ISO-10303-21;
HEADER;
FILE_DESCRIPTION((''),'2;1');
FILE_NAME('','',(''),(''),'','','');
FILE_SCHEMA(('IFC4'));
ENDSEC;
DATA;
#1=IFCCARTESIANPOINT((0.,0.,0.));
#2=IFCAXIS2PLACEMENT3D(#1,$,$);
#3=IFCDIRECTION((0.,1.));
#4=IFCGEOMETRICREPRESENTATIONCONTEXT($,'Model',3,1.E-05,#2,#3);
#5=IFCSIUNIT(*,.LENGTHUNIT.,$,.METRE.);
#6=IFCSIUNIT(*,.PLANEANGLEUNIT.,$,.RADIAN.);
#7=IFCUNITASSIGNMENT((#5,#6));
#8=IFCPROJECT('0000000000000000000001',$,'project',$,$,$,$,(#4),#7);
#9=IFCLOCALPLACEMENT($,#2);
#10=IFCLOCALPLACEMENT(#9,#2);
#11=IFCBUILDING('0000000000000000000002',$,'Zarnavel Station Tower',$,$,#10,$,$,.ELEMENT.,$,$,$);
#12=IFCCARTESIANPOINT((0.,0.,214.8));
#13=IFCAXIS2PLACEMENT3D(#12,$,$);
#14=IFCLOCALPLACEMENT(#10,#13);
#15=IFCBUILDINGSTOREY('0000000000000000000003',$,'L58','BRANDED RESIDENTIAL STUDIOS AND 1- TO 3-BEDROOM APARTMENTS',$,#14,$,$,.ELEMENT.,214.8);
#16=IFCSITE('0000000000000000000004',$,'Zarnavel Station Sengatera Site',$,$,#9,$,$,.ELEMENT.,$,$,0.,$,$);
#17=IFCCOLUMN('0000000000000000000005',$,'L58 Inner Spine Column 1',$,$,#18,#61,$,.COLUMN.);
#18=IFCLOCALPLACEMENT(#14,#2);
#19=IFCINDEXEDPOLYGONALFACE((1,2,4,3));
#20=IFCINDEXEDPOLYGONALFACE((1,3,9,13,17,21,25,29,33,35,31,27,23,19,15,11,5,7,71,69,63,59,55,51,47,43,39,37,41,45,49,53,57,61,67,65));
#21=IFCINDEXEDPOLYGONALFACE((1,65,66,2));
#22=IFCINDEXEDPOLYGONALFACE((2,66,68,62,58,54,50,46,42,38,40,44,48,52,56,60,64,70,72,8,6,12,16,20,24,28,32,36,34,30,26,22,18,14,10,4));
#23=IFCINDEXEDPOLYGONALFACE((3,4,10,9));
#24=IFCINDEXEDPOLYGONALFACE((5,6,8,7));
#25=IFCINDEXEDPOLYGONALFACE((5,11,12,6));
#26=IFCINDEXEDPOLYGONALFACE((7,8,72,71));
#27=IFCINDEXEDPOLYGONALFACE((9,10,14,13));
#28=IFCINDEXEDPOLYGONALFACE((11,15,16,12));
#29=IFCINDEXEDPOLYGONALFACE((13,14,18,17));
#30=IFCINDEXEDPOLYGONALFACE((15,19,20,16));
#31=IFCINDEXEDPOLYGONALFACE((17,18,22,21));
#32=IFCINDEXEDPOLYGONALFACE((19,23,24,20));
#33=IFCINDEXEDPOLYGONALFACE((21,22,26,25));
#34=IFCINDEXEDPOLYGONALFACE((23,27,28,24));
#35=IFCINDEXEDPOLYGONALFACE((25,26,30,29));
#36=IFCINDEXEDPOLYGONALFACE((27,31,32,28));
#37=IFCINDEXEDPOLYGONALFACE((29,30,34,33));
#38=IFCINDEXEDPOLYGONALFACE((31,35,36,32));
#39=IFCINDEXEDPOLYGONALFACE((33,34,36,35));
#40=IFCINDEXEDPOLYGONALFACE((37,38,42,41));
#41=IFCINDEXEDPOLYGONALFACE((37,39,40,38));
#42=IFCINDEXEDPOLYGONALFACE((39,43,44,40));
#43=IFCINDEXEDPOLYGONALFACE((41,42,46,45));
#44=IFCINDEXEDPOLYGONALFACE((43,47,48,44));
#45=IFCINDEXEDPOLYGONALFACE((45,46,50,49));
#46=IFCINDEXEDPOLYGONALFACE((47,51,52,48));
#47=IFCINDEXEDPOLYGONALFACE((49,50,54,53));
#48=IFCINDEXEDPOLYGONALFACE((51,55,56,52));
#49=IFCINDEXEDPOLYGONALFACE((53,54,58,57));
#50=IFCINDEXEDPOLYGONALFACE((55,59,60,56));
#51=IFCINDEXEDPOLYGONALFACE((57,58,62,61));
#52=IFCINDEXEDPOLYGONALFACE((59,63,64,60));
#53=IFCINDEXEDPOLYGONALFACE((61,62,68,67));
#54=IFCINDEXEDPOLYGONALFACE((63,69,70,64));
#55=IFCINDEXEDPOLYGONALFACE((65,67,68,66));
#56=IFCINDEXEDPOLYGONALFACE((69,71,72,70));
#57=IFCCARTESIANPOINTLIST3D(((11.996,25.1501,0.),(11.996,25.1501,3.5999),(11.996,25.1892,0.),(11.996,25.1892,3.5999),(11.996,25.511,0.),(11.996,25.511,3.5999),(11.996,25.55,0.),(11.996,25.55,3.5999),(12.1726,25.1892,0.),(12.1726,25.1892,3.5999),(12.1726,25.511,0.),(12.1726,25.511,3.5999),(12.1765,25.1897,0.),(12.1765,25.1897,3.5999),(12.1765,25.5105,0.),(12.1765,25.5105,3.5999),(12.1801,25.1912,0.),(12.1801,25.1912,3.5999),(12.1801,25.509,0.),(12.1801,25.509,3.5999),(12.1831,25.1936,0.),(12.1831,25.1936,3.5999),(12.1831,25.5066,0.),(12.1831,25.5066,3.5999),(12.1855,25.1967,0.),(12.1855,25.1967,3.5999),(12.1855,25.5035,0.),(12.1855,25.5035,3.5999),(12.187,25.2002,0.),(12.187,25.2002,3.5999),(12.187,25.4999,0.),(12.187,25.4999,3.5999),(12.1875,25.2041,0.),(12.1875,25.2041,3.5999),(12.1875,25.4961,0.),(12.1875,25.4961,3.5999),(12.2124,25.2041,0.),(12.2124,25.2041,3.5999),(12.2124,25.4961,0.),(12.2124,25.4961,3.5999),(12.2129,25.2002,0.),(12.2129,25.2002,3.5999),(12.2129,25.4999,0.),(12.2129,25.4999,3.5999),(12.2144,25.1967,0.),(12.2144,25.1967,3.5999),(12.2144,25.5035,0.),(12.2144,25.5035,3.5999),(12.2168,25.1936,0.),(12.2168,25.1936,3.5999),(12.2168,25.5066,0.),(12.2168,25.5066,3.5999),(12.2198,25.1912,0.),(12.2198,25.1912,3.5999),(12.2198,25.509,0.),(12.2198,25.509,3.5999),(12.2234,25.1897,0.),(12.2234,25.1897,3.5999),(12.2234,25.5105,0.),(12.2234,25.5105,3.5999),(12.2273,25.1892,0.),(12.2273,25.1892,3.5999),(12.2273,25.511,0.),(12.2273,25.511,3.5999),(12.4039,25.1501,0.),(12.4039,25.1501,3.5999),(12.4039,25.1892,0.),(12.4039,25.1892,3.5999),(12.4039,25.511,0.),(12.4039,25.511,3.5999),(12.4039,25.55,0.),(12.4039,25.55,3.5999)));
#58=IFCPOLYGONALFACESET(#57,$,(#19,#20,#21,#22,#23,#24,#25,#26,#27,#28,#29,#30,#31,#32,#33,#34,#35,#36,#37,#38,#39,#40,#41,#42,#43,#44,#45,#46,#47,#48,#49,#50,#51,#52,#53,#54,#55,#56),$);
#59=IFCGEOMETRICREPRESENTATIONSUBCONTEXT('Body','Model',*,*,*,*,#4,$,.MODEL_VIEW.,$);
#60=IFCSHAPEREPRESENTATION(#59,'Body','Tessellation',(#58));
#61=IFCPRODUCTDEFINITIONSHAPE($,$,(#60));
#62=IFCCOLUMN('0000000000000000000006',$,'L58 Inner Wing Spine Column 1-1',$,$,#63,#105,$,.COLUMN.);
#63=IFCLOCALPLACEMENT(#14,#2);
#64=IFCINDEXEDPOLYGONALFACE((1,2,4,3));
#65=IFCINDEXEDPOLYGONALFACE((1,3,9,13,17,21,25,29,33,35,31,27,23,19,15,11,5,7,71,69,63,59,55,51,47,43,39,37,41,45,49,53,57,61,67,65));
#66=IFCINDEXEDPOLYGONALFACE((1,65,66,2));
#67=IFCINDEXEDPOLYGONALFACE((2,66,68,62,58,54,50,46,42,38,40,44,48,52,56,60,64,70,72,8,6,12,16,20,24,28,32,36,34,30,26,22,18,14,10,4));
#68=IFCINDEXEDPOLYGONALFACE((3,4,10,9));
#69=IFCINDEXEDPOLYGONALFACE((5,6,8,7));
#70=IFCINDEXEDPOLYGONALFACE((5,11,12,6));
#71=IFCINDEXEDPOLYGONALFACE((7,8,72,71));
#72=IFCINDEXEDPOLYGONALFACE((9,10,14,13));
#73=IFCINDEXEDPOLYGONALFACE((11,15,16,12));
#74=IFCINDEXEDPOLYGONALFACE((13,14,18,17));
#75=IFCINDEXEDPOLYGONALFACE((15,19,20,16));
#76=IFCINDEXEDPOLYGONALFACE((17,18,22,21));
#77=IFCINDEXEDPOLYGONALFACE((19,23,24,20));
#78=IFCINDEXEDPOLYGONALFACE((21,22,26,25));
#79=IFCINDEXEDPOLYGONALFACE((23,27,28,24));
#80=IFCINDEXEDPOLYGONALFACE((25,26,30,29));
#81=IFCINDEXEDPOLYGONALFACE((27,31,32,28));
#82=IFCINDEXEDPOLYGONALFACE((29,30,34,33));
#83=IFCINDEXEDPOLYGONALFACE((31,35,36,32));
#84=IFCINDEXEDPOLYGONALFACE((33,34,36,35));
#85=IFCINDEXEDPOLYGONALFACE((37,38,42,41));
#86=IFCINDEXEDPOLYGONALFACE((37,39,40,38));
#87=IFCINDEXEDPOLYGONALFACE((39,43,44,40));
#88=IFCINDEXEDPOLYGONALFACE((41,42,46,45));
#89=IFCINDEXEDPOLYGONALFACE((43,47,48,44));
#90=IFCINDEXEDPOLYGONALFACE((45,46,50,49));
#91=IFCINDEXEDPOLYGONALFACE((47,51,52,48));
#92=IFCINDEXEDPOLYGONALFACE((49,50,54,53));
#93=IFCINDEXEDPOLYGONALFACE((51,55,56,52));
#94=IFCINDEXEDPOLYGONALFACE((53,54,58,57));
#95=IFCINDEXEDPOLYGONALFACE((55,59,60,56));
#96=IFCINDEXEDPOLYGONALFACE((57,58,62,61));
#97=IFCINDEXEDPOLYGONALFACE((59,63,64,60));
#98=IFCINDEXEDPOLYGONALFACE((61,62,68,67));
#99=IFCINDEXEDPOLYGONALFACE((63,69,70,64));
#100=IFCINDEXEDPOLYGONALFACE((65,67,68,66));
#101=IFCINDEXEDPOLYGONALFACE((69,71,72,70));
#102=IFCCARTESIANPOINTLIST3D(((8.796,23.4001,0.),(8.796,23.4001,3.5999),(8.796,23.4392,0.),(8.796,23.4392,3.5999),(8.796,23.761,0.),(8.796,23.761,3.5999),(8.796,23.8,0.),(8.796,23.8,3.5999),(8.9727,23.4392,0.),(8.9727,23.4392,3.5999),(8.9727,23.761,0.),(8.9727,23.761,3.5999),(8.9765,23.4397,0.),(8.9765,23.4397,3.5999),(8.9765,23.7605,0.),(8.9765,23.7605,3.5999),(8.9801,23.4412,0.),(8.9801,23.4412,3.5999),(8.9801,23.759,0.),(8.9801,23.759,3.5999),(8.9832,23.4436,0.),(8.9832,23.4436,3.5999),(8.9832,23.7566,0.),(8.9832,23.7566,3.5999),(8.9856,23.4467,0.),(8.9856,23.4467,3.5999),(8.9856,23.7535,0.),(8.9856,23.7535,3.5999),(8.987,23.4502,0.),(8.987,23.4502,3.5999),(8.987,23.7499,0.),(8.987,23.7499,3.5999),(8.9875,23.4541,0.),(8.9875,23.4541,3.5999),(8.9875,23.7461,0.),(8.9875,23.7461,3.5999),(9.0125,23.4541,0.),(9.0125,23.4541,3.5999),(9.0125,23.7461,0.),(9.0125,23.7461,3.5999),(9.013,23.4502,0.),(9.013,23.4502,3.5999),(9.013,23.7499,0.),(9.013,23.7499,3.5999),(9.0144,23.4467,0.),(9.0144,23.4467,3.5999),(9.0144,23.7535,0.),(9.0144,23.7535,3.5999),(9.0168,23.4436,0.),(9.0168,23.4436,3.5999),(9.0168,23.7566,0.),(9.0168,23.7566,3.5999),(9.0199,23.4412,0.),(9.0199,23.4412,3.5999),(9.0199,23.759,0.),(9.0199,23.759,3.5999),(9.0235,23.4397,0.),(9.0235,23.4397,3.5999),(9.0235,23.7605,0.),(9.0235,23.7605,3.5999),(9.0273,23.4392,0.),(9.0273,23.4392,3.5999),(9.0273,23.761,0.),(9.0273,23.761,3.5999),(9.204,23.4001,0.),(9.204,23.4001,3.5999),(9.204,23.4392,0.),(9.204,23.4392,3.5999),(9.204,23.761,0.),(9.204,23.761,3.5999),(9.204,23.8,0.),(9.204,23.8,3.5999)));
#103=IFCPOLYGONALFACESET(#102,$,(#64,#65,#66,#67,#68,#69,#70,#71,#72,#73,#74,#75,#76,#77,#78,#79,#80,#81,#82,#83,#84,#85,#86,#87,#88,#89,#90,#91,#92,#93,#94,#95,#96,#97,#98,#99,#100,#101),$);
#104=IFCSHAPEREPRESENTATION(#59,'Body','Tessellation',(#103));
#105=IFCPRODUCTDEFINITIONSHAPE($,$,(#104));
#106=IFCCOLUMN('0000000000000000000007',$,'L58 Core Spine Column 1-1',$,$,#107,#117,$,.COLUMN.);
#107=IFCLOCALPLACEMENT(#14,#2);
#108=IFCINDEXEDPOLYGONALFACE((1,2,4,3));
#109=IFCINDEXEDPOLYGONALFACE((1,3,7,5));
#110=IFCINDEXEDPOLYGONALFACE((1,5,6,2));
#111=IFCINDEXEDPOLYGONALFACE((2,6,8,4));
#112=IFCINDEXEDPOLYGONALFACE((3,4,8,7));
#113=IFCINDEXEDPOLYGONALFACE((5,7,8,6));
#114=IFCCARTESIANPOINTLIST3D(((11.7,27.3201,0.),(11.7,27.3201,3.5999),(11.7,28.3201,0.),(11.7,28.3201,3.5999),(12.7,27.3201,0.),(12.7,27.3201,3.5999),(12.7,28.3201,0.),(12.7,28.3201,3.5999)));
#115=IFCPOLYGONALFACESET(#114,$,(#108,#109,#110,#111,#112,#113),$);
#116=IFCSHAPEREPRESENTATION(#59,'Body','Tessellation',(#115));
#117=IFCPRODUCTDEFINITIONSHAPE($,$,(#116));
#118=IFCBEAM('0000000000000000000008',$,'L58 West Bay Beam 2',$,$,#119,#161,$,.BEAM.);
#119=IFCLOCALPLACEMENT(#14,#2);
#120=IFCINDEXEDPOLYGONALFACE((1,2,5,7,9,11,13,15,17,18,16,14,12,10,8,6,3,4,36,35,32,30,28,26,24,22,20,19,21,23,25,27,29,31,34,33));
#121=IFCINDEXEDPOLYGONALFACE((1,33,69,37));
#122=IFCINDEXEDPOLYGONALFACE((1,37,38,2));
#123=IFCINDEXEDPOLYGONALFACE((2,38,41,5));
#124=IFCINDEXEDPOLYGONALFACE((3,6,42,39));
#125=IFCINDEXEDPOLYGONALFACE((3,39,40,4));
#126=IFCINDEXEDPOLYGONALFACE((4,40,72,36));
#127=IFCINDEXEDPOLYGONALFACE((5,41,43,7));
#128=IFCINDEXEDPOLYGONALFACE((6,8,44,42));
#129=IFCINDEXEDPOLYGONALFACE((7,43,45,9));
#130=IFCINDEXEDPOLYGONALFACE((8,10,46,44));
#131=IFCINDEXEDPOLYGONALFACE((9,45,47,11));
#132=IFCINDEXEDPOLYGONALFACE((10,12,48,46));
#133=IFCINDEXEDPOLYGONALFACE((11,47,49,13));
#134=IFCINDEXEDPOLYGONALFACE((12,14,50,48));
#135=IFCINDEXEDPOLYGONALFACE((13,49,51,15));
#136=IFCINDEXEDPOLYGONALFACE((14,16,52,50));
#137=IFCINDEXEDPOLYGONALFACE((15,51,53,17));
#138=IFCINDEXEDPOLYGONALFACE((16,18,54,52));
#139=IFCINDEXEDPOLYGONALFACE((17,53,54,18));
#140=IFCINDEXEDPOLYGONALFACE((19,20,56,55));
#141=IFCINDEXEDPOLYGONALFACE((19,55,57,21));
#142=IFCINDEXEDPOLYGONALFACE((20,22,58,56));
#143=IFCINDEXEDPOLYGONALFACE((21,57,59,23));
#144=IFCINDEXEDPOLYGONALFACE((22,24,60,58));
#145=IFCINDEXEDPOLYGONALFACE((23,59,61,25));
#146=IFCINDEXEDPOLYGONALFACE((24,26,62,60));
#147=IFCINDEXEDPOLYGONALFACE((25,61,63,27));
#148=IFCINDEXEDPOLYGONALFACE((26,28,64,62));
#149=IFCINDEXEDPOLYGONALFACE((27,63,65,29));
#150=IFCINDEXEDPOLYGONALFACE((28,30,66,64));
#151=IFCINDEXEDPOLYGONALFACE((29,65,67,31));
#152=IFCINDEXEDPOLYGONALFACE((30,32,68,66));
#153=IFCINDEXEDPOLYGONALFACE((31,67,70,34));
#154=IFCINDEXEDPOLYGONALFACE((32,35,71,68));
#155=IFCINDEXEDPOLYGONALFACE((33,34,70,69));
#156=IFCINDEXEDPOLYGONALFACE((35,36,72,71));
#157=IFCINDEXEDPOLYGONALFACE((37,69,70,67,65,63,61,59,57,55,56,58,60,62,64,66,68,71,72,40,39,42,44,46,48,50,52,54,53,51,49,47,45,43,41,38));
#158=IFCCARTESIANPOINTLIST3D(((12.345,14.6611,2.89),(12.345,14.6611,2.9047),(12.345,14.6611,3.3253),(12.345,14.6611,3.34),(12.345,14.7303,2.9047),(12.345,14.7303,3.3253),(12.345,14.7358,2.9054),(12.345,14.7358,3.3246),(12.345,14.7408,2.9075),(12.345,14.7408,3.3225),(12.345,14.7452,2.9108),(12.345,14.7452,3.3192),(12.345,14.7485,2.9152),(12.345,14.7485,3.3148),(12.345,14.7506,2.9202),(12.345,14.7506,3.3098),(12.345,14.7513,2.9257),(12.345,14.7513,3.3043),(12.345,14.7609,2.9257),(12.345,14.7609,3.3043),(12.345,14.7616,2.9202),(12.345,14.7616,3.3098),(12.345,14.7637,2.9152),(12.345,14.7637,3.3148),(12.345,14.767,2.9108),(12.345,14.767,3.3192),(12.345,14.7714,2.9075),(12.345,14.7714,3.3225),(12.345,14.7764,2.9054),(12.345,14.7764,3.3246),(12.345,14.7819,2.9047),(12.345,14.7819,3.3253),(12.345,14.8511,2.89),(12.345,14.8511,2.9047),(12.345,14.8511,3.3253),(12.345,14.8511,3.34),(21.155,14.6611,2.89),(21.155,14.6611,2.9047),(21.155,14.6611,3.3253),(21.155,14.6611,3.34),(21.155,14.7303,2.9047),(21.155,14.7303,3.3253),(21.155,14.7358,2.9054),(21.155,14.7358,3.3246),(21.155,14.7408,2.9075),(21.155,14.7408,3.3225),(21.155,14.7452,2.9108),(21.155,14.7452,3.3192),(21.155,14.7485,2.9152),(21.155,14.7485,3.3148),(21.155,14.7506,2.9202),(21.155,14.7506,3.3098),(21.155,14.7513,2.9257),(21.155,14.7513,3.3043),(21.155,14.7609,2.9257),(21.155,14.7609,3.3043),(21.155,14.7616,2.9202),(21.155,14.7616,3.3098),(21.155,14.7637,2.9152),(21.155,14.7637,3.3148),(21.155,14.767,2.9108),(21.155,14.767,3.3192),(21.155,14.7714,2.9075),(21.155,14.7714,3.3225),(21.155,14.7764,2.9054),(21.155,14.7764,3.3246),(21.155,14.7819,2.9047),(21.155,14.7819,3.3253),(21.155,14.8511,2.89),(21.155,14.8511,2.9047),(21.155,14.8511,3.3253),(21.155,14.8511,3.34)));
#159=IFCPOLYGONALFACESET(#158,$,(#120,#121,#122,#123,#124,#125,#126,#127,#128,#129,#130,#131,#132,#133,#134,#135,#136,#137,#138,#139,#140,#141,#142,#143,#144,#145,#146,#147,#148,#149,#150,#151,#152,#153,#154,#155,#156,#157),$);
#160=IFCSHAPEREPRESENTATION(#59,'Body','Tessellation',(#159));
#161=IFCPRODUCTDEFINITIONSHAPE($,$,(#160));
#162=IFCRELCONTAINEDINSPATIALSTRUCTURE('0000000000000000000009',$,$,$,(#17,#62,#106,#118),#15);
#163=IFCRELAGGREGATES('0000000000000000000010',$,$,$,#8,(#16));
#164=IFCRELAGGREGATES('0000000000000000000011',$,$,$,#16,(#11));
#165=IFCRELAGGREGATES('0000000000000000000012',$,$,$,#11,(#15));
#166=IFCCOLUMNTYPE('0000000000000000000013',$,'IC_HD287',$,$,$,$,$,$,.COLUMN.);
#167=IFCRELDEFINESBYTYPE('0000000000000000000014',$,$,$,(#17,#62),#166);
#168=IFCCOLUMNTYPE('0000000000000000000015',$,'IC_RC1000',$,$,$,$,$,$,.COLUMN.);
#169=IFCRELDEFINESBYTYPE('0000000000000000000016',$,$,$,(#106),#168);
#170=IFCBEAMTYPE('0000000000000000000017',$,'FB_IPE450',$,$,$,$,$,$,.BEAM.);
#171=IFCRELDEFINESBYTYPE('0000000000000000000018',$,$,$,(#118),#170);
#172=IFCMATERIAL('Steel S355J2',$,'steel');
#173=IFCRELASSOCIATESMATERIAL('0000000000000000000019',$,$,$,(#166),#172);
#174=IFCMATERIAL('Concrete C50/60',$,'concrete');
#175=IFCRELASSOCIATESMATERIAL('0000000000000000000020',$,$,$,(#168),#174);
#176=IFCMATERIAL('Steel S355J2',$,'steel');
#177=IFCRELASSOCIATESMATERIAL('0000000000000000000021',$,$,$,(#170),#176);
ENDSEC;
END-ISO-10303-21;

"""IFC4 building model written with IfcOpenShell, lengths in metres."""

from ifc_helpers import new_model, si_unit, direction, frame, origin, origin_2d, place, context, subcontext, project, spatial, rectangle, i_section, extrude, material, material_profile, profile_set, type_object, element, save


model = new_model("IFC4")

# Units and contexts
model_context = context("Model", 3, precision=1e-05, world=origin(), true_north=direction((0.0, 1.0)))
body_context = subcontext(model_context, "Body", "Model", "MODEL_VIEW")
ifc_project = project(units=[si_unit("LENGTHUNIT", "METRE"), si_unit("PLANEANGLEUNIT", "RADIAN")], contexts=[model_context])

# Site, building, storey
site_placement = place(None, origin())
site = spatial("IfcSite", under=ifc_project, at=site_placement, Name="Zarnavel Station Sengatera Site", CompositionType="ELEMENT", RefElevation=0.0)
building_placement = place(site_placement, origin())
building = spatial("IfcBuilding", under=site, at=building_placement, Name="Zarnavel Station Tower", CompositionType="ELEMENT")
storey_placement = place(building_placement, frame((0.0, 0.0, 214.8)))
storey = spatial("IfcBuildingStorey", under=building, at=storey_placement, Name="L58", Description="BRANDED RESIDENTIAL STUDIOS AND 1- TO 3-BEDROOM APARTMENTS", CompositionType="ELEMENT", Elevation=214.8)

# Columns
ifc_material_1 = material(Name="Steel S355J2", Category="steel")
ifc_material_profile_1 = material_profile(ifc_material_1, i_section(OverallWidth=0.408, OverallDepth=0.3999, WebThickness=0.0249, FlangeThickness=0.0391, FilletRadius=0.0149, at=origin_2d()), Name="HD400x287")
ifc_profile_set_1 = profile_set([ifc_material_profile_1], Name="Steel S355J2")
column_type_1 = type_object("IfcColumnType", Name="IC_HD287", PredefinedType="COLUMN", material=ifc_profile_set_1)
for number, where, z_axis, x_axis, name in (
    (1, (12.2, 25.3501, 0.0), (0.0, 0.0, 1.0), (1.0, 0.0, 0.0), "L58 Inner Spine Column 1"),
    (2, (9.0, 23.6001, 0.0), (0.0, 0.0, 1.0), (1.0, 0.0, 0.0), "L58 Inner Wing Spine Column 1-1"),
):
    element("IfcColumn", number, at=place(storey_placement, frame(where, z_axis=z_axis, x_axis=x_axis)), inside=storey, type_object=column_type_1, Name=name, PredefinedType="COLUMN", context=body_context, shape_type="SweptSolid", body=[
        extrude(i_section(OverallWidth=0.408, OverallDepth=0.3999, WebThickness=0.0249, FlangeThickness=0.0391, FilletRadius=0.0149, at=origin_2d()), origin(), (0.0, 0.0, 1.0), 3.5999),
    ])
ifc_material_2 = material(Name="Concrete C50/60", Category="concrete")
ifc_material_profile_2 = material_profile(ifc_material_2, rectangle(XDim=1.0, YDim=1.0, at=origin_2d()), Name="RC1000x1000")
ifc_profile_set_2 = profile_set([ifc_material_profile_2], Name="Concrete C50/60")
column_type_2 = type_object("IfcColumnType", Name="IC_RC1000", PredefinedType="COLUMN", material=ifc_profile_set_2)
column_placement = place(storey_placement, frame((12.2, 27.8201, 0.0), z_axis=(0.0, 0.0, 1.0), x_axis=(1.0, 0.0, 0.0)))
element("IfcColumn", 3, at=column_placement, inside=storey, type_object=column_type_2, Name="L58 Core Spine Column 1-1", PredefinedType="COLUMN", context=body_context, shape_type="SweptSolid", body=[
    extrude(rectangle(XDim=1.0, YDim=1.0, at=origin_2d()), origin(), (0.0, 0.0, 1.0), 3.5999),
])

# Beam
ifc_material_3 = material(Name="Steel S355J2", Category="steel")
ifc_material_profile_3 = material_profile(ifc_material_3, i_section(OverallWidth=0.1899, OverallDepth=0.45, WebThickness=0.0095, FlangeThickness=0.0146, FilletRadius=0.021, at=origin_2d()), Name="IPE450")
ifc_profile_set_3 = profile_set([ifc_material_profile_3], Name="Steel S355J2")
beam_type_1 = type_object("IfcBeamType", Name="FB_IPE450", PredefinedType="BEAM", material=ifc_profile_set_3)
beam_1_placement = place(storey_placement, frame((12.345, 14.7561, 3.115), z_axis=(1.0, 0.0, 0.0), x_axis=(0.0, 1.0, 0.0)))
element("IfcBeam", 4, at=beam_1_placement, inside=storey, type_object=beam_type_1, Name="L58 West Bay Beam 2", PredefinedType="BEAM", context=body_context, shape_type="SweptSolid", body=[
    extrude(i_section(OverallWidth=0.1899, OverallDepth=0.45, WebThickness=0.0095, FlangeThickness=0.0146, FilletRadius=0.021, at=origin_2d()), origin(), (0.0, 0.0, 1.0), 8.8101),
])

save(model, "model.ifc")
